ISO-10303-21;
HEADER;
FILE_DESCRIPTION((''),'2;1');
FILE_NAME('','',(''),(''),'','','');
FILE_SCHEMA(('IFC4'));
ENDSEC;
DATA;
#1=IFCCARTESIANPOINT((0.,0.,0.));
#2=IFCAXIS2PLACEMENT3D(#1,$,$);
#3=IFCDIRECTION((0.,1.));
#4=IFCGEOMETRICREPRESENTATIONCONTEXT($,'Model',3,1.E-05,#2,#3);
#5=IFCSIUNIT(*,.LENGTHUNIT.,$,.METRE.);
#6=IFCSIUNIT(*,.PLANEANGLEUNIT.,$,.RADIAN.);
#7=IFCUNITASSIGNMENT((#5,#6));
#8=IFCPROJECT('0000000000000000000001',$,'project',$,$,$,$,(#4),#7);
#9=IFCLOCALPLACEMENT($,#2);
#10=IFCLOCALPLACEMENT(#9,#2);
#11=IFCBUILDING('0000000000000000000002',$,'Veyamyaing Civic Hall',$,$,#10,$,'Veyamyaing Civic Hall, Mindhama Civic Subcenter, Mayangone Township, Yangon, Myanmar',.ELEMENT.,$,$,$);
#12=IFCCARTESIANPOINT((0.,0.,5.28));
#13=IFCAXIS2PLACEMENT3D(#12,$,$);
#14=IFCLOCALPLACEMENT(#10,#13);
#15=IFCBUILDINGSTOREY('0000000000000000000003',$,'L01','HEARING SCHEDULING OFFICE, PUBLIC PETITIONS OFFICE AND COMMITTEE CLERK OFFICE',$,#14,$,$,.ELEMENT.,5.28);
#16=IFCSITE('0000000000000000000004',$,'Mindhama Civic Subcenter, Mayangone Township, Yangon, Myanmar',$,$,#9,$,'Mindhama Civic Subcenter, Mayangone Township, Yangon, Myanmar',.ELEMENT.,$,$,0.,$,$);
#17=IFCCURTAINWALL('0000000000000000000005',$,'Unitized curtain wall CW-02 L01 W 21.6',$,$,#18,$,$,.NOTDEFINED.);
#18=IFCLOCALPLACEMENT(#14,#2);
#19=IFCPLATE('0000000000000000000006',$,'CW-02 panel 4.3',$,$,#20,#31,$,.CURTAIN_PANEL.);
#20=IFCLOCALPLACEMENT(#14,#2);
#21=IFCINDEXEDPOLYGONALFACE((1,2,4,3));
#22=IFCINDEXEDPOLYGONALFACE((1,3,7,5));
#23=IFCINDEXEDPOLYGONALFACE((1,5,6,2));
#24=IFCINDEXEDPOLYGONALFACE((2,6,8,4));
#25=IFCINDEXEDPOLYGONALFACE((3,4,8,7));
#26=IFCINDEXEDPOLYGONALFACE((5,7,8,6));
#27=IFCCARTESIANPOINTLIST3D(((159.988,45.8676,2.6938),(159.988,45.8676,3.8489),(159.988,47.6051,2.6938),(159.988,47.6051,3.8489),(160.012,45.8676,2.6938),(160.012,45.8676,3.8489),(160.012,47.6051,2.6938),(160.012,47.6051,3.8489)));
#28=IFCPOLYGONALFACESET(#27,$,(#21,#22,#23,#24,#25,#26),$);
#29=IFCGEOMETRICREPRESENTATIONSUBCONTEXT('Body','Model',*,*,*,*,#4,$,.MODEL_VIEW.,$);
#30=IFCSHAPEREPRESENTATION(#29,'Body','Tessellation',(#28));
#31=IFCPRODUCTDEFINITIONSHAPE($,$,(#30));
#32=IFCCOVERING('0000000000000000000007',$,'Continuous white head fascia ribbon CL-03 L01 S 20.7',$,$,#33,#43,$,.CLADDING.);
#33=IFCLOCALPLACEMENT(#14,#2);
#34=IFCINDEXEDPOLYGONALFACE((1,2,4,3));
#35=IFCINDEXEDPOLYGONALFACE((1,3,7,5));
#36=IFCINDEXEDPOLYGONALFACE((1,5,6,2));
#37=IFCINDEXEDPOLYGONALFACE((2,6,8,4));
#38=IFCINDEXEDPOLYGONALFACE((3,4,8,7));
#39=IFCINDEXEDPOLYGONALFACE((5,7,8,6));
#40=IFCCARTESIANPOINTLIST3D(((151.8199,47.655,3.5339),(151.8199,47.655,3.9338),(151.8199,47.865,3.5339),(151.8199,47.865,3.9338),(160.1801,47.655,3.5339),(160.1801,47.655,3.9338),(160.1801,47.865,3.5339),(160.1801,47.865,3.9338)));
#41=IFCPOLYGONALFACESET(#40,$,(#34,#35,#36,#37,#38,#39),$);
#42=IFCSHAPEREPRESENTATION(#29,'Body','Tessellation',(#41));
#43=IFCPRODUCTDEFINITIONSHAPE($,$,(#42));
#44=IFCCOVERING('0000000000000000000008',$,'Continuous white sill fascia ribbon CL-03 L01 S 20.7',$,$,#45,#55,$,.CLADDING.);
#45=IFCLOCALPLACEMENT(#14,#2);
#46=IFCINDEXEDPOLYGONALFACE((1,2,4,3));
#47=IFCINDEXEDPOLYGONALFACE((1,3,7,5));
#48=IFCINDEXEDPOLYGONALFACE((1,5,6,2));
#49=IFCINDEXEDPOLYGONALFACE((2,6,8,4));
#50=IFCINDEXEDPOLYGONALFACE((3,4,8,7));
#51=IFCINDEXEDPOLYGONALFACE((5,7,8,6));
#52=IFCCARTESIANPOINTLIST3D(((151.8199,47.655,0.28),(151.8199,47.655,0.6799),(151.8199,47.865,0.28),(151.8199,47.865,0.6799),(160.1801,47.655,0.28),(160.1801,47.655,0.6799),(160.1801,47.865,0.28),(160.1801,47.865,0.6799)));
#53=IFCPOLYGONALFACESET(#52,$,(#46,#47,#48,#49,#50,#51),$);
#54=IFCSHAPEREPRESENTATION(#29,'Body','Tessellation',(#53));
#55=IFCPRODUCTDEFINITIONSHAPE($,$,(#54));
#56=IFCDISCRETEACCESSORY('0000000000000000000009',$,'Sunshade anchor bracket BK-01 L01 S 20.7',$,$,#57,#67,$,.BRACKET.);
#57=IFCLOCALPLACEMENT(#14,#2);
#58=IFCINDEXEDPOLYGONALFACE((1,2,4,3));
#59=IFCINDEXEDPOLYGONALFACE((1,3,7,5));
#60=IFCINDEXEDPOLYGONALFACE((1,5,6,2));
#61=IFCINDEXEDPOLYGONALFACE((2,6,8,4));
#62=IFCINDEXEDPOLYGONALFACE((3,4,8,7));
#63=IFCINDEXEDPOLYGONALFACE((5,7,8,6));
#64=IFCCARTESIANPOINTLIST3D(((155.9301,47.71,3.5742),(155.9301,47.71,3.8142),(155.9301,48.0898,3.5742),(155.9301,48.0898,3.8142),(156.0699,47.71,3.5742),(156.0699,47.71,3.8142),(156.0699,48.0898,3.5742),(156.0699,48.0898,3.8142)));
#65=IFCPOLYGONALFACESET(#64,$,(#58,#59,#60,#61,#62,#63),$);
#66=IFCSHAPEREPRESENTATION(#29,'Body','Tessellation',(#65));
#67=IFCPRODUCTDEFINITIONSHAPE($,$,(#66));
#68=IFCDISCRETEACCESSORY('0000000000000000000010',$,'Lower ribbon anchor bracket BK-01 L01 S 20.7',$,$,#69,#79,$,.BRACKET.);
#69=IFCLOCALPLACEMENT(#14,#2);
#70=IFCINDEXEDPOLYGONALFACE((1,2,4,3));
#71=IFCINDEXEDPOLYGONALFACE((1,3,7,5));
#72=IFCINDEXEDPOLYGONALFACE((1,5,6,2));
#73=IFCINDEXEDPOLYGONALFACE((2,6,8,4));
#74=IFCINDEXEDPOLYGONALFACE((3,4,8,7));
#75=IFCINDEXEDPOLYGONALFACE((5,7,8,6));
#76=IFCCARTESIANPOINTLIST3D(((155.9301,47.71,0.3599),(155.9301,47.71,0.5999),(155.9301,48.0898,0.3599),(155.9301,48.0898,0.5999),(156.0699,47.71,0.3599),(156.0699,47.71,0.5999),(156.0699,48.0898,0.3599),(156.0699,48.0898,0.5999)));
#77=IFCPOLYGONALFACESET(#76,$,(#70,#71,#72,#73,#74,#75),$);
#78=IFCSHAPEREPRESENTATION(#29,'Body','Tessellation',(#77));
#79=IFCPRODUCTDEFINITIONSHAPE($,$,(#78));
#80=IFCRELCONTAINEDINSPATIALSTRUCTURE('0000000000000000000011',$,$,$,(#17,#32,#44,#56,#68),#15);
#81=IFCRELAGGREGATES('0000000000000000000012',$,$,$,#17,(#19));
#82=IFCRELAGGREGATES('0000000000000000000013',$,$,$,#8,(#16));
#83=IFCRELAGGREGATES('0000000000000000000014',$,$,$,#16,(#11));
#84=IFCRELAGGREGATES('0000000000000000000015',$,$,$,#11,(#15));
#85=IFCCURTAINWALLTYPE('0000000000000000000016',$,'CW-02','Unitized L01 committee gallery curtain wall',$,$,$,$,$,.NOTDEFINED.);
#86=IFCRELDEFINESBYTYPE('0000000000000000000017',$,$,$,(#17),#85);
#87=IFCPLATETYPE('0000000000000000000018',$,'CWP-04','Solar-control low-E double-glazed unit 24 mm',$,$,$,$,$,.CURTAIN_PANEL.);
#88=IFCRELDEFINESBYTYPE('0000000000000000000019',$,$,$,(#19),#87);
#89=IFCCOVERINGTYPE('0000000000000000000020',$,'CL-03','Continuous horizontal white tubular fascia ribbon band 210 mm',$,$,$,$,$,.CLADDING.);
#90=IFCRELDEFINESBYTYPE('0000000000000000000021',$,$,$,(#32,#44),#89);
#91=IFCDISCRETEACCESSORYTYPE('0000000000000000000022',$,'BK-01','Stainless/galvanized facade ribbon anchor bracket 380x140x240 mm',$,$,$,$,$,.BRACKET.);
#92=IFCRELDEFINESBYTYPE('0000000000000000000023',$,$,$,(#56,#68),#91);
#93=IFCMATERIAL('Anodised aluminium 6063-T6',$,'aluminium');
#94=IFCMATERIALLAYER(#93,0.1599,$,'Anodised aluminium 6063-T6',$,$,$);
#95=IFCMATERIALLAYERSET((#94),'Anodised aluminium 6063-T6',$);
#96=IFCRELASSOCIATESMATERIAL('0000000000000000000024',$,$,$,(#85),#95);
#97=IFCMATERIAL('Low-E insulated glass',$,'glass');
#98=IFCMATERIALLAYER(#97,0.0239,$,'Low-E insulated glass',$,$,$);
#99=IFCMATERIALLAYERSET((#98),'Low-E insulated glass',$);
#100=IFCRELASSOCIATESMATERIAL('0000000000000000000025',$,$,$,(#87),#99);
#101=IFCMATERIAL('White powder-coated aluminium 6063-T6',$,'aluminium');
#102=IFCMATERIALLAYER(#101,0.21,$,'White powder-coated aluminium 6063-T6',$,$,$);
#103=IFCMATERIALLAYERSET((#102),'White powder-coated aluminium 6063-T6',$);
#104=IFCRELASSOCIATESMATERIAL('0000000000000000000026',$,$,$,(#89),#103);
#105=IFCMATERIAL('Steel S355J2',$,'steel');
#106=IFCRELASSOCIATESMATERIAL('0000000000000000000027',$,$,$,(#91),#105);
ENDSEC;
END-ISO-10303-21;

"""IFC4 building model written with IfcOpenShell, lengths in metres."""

from ifc_helpers import new_model, si_unit, direction, frame, origin, origin_2d, place, context, subcontext, project, spatial, rectangle, extrude, material, layer, layer_set, type_object, element, aggregate, save


model = new_model("IFC4")

# Units and contexts
model_context = context("Model", 3, precision=1e-05, world=origin(), true_north=direction((0.0, 1.0)))
body_context = subcontext(model_context, "Body", "Model", "MODEL_VIEW")
ifc_project = project(units=[si_unit("LENGTHUNIT", "METRE"), si_unit("PLANEANGLEUNIT", "RADIAN")], contexts=[model_context])

# Site, building, storey
site_placement = place(None, origin())
site = spatial("IfcSite", under=ifc_project, at=site_placement, Name="Mindhama Civic Subcenter, Mayangone Township, Yangon, Myanmar", LongName="Mindhama Civic Subcenter, Mayangone Township, Yangon, Myanmar", CompositionType="ELEMENT", RefElevation=0.0)
building_placement = place(site_placement, origin())
building = spatial("IfcBuilding", under=site, at=building_placement, Name="Veyamyaing Civic Hall", LongName="Veyamyaing Civic Hall, Mindhama Civic Subcenter, Mayangone Township, Yangon, Myanmar", CompositionType="ELEMENT")
storey_placement = place(building_placement, frame((0.0, 0.0, 5.28)))
storey = spatial("IfcBuildingStorey", under=building, at=storey_placement, Name="L01", Description="HEARING SCHEDULING OFFICE, PUBLIC PETITIONS OFFICE AND COMMITTEE CLERK OFFICE", CompositionType="ELEMENT", Elevation=5.28)

# Curtain wall
ifc_material_1 = material(Name="Anodised aluminium 6063-T6", Category="aluminium")
ifc_layer_1 = layer(ifc_material_1, 0.1599, Name="Anodised aluminium 6063-T6")
ifc_layer_set_1 = layer_set([ifc_layer_1], Name="Anodised aluminium 6063-T6")
curtain_wall_type = type_object("IfcCurtainWallType", Name="CW-02", Description="Unitized L01 committee gallery curtain wall", PredefinedType="NOTDEFINED", material=ifc_layer_set_1)
curtain_wall_1_placement = place(storey_placement, origin())
curtain_wall_1 = element("IfcCurtainWall", 1, at=curtain_wall_1_placement, inside=storey, type_object=curtain_wall_type, Name="Unitized curtain wall CW-02 L01 W 21.6", PredefinedType="NOTDEFINED")

# Plate
ifc_material_2 = material(Name="Low-E insulated glass", Category="glass")
ifc_layer_2 = layer(ifc_material_2, 0.0239, Name="Low-E insulated glass")
ifc_layer_set_2 = layer_set([ifc_layer_2], Name="Low-E insulated glass")
plate_type = type_object("IfcPlateType", Name="CWP-04", Description="Solar-control low-E double-glazed unit 24 mm", PredefinedType="CURTAIN_PANEL", material=ifc_layer_set_2)
plate_1_placement = place(storey_placement, frame((160.0, 46.7363, 2.6938), z_axis=(0.0, 0.0, 1.0), x_axis=(0.0, 1.0, 0.0)))
plate_1 = element("IfcPlate", 2, at=plate_1_placement, type_object=plate_type, Name="CW-02 panel 4.3", PredefinedType="CURTAIN_PANEL", context=body_context, shape_type="SweptSolid", body=[
    extrude(rectangle(XDim=1.7375, YDim=0.0239, at=origin_2d()), origin(), (0.0, 0.0, 1.0), 1.155),
])
aggregate(curtain_wall_1, [plate_1])

# Coverings
ifc_material_3 = material(Name="White powder-coated aluminium 6063-T6", Category="aluminium")
ifc_layer_3 = layer(ifc_material_3, 0.21, Name="White powder-coated aluminium 6063-T6")
ifc_layer_set_3 = layer_set([ifc_layer_3], Name="White powder-coated aluminium 6063-T6")
covering_type = type_object("IfcCoveringType", Name="CL-03", Description="Continuous horizontal white tubular fascia ribbon band 210 mm", PredefinedType="CLADDING", material=ifc_layer_set_3)
for number, where, z_axis, x_axis, name in (
    (3, (156.0, 47.76, 3.5339), (0.0, 0.0, 1.0), (1.0, 0.0, 0.0), "Continuous white head fascia ribbon CL-03 L01 S 20.7"),
    (4, (156.0, 47.76, 0.28), (0.0, 0.0, 1.0), (1.0, 0.0, 0.0), "Continuous white sill fascia ribbon CL-03 L01 S 20.7"),
):
    element("IfcCovering", number, at=place(storey_placement, frame(where, z_axis=z_axis, x_axis=x_axis)), inside=storey, type_object=covering_type, Name=name, PredefinedType="CLADDING", context=body_context, shape_type="SweptSolid", body=[
        extrude(rectangle(XDim=8.3601, YDim=0.21, at=origin_2d()), origin(), (0.0, 0.0, 1.0), 0.3999),
    ])

# Discrete accessories
ifc_material_4 = material(Name="Steel S355J2", Category="steel")
discrete_accessory_type = type_object("IfcDiscreteAccessoryType", Name="BK-01", Description="Stainless/galvanized facade ribbon anchor bracket 380x140x240 mm", PredefinedType="BRACKET", material=ifc_material_4)
for number, where, z_axis, x_axis, name in (
    (5, (156.0, 47.8999, 3.5742), (0.0, 0.0, 1.0), (0.0, -1.0, 0.0), "Sunshade anchor bracket BK-01 L01 S 20.7"),
    (6, (156.0, 47.8999, 0.3599), (0.0, 0.0, 1.0), (0.0, -1.0, 0.0), "Lower ribbon anchor bracket BK-01 L01 S 20.7"),
):
    element("IfcDiscreteAccessory", number, at=place(storey_placement, frame(where, z_axis=z_axis, x_axis=x_axis)), inside=storey, type_object=discrete_accessory_type, Name=name, PredefinedType="BRACKET", context=body_context, shape_type="SweptSolid", body=[
        extrude(rectangle(XDim=0.3799, YDim=0.1399, at=origin_2d()), origin(), (0.0, 0.0, 1.0), 0.24),
    ])

save(model, "model.ifc")
